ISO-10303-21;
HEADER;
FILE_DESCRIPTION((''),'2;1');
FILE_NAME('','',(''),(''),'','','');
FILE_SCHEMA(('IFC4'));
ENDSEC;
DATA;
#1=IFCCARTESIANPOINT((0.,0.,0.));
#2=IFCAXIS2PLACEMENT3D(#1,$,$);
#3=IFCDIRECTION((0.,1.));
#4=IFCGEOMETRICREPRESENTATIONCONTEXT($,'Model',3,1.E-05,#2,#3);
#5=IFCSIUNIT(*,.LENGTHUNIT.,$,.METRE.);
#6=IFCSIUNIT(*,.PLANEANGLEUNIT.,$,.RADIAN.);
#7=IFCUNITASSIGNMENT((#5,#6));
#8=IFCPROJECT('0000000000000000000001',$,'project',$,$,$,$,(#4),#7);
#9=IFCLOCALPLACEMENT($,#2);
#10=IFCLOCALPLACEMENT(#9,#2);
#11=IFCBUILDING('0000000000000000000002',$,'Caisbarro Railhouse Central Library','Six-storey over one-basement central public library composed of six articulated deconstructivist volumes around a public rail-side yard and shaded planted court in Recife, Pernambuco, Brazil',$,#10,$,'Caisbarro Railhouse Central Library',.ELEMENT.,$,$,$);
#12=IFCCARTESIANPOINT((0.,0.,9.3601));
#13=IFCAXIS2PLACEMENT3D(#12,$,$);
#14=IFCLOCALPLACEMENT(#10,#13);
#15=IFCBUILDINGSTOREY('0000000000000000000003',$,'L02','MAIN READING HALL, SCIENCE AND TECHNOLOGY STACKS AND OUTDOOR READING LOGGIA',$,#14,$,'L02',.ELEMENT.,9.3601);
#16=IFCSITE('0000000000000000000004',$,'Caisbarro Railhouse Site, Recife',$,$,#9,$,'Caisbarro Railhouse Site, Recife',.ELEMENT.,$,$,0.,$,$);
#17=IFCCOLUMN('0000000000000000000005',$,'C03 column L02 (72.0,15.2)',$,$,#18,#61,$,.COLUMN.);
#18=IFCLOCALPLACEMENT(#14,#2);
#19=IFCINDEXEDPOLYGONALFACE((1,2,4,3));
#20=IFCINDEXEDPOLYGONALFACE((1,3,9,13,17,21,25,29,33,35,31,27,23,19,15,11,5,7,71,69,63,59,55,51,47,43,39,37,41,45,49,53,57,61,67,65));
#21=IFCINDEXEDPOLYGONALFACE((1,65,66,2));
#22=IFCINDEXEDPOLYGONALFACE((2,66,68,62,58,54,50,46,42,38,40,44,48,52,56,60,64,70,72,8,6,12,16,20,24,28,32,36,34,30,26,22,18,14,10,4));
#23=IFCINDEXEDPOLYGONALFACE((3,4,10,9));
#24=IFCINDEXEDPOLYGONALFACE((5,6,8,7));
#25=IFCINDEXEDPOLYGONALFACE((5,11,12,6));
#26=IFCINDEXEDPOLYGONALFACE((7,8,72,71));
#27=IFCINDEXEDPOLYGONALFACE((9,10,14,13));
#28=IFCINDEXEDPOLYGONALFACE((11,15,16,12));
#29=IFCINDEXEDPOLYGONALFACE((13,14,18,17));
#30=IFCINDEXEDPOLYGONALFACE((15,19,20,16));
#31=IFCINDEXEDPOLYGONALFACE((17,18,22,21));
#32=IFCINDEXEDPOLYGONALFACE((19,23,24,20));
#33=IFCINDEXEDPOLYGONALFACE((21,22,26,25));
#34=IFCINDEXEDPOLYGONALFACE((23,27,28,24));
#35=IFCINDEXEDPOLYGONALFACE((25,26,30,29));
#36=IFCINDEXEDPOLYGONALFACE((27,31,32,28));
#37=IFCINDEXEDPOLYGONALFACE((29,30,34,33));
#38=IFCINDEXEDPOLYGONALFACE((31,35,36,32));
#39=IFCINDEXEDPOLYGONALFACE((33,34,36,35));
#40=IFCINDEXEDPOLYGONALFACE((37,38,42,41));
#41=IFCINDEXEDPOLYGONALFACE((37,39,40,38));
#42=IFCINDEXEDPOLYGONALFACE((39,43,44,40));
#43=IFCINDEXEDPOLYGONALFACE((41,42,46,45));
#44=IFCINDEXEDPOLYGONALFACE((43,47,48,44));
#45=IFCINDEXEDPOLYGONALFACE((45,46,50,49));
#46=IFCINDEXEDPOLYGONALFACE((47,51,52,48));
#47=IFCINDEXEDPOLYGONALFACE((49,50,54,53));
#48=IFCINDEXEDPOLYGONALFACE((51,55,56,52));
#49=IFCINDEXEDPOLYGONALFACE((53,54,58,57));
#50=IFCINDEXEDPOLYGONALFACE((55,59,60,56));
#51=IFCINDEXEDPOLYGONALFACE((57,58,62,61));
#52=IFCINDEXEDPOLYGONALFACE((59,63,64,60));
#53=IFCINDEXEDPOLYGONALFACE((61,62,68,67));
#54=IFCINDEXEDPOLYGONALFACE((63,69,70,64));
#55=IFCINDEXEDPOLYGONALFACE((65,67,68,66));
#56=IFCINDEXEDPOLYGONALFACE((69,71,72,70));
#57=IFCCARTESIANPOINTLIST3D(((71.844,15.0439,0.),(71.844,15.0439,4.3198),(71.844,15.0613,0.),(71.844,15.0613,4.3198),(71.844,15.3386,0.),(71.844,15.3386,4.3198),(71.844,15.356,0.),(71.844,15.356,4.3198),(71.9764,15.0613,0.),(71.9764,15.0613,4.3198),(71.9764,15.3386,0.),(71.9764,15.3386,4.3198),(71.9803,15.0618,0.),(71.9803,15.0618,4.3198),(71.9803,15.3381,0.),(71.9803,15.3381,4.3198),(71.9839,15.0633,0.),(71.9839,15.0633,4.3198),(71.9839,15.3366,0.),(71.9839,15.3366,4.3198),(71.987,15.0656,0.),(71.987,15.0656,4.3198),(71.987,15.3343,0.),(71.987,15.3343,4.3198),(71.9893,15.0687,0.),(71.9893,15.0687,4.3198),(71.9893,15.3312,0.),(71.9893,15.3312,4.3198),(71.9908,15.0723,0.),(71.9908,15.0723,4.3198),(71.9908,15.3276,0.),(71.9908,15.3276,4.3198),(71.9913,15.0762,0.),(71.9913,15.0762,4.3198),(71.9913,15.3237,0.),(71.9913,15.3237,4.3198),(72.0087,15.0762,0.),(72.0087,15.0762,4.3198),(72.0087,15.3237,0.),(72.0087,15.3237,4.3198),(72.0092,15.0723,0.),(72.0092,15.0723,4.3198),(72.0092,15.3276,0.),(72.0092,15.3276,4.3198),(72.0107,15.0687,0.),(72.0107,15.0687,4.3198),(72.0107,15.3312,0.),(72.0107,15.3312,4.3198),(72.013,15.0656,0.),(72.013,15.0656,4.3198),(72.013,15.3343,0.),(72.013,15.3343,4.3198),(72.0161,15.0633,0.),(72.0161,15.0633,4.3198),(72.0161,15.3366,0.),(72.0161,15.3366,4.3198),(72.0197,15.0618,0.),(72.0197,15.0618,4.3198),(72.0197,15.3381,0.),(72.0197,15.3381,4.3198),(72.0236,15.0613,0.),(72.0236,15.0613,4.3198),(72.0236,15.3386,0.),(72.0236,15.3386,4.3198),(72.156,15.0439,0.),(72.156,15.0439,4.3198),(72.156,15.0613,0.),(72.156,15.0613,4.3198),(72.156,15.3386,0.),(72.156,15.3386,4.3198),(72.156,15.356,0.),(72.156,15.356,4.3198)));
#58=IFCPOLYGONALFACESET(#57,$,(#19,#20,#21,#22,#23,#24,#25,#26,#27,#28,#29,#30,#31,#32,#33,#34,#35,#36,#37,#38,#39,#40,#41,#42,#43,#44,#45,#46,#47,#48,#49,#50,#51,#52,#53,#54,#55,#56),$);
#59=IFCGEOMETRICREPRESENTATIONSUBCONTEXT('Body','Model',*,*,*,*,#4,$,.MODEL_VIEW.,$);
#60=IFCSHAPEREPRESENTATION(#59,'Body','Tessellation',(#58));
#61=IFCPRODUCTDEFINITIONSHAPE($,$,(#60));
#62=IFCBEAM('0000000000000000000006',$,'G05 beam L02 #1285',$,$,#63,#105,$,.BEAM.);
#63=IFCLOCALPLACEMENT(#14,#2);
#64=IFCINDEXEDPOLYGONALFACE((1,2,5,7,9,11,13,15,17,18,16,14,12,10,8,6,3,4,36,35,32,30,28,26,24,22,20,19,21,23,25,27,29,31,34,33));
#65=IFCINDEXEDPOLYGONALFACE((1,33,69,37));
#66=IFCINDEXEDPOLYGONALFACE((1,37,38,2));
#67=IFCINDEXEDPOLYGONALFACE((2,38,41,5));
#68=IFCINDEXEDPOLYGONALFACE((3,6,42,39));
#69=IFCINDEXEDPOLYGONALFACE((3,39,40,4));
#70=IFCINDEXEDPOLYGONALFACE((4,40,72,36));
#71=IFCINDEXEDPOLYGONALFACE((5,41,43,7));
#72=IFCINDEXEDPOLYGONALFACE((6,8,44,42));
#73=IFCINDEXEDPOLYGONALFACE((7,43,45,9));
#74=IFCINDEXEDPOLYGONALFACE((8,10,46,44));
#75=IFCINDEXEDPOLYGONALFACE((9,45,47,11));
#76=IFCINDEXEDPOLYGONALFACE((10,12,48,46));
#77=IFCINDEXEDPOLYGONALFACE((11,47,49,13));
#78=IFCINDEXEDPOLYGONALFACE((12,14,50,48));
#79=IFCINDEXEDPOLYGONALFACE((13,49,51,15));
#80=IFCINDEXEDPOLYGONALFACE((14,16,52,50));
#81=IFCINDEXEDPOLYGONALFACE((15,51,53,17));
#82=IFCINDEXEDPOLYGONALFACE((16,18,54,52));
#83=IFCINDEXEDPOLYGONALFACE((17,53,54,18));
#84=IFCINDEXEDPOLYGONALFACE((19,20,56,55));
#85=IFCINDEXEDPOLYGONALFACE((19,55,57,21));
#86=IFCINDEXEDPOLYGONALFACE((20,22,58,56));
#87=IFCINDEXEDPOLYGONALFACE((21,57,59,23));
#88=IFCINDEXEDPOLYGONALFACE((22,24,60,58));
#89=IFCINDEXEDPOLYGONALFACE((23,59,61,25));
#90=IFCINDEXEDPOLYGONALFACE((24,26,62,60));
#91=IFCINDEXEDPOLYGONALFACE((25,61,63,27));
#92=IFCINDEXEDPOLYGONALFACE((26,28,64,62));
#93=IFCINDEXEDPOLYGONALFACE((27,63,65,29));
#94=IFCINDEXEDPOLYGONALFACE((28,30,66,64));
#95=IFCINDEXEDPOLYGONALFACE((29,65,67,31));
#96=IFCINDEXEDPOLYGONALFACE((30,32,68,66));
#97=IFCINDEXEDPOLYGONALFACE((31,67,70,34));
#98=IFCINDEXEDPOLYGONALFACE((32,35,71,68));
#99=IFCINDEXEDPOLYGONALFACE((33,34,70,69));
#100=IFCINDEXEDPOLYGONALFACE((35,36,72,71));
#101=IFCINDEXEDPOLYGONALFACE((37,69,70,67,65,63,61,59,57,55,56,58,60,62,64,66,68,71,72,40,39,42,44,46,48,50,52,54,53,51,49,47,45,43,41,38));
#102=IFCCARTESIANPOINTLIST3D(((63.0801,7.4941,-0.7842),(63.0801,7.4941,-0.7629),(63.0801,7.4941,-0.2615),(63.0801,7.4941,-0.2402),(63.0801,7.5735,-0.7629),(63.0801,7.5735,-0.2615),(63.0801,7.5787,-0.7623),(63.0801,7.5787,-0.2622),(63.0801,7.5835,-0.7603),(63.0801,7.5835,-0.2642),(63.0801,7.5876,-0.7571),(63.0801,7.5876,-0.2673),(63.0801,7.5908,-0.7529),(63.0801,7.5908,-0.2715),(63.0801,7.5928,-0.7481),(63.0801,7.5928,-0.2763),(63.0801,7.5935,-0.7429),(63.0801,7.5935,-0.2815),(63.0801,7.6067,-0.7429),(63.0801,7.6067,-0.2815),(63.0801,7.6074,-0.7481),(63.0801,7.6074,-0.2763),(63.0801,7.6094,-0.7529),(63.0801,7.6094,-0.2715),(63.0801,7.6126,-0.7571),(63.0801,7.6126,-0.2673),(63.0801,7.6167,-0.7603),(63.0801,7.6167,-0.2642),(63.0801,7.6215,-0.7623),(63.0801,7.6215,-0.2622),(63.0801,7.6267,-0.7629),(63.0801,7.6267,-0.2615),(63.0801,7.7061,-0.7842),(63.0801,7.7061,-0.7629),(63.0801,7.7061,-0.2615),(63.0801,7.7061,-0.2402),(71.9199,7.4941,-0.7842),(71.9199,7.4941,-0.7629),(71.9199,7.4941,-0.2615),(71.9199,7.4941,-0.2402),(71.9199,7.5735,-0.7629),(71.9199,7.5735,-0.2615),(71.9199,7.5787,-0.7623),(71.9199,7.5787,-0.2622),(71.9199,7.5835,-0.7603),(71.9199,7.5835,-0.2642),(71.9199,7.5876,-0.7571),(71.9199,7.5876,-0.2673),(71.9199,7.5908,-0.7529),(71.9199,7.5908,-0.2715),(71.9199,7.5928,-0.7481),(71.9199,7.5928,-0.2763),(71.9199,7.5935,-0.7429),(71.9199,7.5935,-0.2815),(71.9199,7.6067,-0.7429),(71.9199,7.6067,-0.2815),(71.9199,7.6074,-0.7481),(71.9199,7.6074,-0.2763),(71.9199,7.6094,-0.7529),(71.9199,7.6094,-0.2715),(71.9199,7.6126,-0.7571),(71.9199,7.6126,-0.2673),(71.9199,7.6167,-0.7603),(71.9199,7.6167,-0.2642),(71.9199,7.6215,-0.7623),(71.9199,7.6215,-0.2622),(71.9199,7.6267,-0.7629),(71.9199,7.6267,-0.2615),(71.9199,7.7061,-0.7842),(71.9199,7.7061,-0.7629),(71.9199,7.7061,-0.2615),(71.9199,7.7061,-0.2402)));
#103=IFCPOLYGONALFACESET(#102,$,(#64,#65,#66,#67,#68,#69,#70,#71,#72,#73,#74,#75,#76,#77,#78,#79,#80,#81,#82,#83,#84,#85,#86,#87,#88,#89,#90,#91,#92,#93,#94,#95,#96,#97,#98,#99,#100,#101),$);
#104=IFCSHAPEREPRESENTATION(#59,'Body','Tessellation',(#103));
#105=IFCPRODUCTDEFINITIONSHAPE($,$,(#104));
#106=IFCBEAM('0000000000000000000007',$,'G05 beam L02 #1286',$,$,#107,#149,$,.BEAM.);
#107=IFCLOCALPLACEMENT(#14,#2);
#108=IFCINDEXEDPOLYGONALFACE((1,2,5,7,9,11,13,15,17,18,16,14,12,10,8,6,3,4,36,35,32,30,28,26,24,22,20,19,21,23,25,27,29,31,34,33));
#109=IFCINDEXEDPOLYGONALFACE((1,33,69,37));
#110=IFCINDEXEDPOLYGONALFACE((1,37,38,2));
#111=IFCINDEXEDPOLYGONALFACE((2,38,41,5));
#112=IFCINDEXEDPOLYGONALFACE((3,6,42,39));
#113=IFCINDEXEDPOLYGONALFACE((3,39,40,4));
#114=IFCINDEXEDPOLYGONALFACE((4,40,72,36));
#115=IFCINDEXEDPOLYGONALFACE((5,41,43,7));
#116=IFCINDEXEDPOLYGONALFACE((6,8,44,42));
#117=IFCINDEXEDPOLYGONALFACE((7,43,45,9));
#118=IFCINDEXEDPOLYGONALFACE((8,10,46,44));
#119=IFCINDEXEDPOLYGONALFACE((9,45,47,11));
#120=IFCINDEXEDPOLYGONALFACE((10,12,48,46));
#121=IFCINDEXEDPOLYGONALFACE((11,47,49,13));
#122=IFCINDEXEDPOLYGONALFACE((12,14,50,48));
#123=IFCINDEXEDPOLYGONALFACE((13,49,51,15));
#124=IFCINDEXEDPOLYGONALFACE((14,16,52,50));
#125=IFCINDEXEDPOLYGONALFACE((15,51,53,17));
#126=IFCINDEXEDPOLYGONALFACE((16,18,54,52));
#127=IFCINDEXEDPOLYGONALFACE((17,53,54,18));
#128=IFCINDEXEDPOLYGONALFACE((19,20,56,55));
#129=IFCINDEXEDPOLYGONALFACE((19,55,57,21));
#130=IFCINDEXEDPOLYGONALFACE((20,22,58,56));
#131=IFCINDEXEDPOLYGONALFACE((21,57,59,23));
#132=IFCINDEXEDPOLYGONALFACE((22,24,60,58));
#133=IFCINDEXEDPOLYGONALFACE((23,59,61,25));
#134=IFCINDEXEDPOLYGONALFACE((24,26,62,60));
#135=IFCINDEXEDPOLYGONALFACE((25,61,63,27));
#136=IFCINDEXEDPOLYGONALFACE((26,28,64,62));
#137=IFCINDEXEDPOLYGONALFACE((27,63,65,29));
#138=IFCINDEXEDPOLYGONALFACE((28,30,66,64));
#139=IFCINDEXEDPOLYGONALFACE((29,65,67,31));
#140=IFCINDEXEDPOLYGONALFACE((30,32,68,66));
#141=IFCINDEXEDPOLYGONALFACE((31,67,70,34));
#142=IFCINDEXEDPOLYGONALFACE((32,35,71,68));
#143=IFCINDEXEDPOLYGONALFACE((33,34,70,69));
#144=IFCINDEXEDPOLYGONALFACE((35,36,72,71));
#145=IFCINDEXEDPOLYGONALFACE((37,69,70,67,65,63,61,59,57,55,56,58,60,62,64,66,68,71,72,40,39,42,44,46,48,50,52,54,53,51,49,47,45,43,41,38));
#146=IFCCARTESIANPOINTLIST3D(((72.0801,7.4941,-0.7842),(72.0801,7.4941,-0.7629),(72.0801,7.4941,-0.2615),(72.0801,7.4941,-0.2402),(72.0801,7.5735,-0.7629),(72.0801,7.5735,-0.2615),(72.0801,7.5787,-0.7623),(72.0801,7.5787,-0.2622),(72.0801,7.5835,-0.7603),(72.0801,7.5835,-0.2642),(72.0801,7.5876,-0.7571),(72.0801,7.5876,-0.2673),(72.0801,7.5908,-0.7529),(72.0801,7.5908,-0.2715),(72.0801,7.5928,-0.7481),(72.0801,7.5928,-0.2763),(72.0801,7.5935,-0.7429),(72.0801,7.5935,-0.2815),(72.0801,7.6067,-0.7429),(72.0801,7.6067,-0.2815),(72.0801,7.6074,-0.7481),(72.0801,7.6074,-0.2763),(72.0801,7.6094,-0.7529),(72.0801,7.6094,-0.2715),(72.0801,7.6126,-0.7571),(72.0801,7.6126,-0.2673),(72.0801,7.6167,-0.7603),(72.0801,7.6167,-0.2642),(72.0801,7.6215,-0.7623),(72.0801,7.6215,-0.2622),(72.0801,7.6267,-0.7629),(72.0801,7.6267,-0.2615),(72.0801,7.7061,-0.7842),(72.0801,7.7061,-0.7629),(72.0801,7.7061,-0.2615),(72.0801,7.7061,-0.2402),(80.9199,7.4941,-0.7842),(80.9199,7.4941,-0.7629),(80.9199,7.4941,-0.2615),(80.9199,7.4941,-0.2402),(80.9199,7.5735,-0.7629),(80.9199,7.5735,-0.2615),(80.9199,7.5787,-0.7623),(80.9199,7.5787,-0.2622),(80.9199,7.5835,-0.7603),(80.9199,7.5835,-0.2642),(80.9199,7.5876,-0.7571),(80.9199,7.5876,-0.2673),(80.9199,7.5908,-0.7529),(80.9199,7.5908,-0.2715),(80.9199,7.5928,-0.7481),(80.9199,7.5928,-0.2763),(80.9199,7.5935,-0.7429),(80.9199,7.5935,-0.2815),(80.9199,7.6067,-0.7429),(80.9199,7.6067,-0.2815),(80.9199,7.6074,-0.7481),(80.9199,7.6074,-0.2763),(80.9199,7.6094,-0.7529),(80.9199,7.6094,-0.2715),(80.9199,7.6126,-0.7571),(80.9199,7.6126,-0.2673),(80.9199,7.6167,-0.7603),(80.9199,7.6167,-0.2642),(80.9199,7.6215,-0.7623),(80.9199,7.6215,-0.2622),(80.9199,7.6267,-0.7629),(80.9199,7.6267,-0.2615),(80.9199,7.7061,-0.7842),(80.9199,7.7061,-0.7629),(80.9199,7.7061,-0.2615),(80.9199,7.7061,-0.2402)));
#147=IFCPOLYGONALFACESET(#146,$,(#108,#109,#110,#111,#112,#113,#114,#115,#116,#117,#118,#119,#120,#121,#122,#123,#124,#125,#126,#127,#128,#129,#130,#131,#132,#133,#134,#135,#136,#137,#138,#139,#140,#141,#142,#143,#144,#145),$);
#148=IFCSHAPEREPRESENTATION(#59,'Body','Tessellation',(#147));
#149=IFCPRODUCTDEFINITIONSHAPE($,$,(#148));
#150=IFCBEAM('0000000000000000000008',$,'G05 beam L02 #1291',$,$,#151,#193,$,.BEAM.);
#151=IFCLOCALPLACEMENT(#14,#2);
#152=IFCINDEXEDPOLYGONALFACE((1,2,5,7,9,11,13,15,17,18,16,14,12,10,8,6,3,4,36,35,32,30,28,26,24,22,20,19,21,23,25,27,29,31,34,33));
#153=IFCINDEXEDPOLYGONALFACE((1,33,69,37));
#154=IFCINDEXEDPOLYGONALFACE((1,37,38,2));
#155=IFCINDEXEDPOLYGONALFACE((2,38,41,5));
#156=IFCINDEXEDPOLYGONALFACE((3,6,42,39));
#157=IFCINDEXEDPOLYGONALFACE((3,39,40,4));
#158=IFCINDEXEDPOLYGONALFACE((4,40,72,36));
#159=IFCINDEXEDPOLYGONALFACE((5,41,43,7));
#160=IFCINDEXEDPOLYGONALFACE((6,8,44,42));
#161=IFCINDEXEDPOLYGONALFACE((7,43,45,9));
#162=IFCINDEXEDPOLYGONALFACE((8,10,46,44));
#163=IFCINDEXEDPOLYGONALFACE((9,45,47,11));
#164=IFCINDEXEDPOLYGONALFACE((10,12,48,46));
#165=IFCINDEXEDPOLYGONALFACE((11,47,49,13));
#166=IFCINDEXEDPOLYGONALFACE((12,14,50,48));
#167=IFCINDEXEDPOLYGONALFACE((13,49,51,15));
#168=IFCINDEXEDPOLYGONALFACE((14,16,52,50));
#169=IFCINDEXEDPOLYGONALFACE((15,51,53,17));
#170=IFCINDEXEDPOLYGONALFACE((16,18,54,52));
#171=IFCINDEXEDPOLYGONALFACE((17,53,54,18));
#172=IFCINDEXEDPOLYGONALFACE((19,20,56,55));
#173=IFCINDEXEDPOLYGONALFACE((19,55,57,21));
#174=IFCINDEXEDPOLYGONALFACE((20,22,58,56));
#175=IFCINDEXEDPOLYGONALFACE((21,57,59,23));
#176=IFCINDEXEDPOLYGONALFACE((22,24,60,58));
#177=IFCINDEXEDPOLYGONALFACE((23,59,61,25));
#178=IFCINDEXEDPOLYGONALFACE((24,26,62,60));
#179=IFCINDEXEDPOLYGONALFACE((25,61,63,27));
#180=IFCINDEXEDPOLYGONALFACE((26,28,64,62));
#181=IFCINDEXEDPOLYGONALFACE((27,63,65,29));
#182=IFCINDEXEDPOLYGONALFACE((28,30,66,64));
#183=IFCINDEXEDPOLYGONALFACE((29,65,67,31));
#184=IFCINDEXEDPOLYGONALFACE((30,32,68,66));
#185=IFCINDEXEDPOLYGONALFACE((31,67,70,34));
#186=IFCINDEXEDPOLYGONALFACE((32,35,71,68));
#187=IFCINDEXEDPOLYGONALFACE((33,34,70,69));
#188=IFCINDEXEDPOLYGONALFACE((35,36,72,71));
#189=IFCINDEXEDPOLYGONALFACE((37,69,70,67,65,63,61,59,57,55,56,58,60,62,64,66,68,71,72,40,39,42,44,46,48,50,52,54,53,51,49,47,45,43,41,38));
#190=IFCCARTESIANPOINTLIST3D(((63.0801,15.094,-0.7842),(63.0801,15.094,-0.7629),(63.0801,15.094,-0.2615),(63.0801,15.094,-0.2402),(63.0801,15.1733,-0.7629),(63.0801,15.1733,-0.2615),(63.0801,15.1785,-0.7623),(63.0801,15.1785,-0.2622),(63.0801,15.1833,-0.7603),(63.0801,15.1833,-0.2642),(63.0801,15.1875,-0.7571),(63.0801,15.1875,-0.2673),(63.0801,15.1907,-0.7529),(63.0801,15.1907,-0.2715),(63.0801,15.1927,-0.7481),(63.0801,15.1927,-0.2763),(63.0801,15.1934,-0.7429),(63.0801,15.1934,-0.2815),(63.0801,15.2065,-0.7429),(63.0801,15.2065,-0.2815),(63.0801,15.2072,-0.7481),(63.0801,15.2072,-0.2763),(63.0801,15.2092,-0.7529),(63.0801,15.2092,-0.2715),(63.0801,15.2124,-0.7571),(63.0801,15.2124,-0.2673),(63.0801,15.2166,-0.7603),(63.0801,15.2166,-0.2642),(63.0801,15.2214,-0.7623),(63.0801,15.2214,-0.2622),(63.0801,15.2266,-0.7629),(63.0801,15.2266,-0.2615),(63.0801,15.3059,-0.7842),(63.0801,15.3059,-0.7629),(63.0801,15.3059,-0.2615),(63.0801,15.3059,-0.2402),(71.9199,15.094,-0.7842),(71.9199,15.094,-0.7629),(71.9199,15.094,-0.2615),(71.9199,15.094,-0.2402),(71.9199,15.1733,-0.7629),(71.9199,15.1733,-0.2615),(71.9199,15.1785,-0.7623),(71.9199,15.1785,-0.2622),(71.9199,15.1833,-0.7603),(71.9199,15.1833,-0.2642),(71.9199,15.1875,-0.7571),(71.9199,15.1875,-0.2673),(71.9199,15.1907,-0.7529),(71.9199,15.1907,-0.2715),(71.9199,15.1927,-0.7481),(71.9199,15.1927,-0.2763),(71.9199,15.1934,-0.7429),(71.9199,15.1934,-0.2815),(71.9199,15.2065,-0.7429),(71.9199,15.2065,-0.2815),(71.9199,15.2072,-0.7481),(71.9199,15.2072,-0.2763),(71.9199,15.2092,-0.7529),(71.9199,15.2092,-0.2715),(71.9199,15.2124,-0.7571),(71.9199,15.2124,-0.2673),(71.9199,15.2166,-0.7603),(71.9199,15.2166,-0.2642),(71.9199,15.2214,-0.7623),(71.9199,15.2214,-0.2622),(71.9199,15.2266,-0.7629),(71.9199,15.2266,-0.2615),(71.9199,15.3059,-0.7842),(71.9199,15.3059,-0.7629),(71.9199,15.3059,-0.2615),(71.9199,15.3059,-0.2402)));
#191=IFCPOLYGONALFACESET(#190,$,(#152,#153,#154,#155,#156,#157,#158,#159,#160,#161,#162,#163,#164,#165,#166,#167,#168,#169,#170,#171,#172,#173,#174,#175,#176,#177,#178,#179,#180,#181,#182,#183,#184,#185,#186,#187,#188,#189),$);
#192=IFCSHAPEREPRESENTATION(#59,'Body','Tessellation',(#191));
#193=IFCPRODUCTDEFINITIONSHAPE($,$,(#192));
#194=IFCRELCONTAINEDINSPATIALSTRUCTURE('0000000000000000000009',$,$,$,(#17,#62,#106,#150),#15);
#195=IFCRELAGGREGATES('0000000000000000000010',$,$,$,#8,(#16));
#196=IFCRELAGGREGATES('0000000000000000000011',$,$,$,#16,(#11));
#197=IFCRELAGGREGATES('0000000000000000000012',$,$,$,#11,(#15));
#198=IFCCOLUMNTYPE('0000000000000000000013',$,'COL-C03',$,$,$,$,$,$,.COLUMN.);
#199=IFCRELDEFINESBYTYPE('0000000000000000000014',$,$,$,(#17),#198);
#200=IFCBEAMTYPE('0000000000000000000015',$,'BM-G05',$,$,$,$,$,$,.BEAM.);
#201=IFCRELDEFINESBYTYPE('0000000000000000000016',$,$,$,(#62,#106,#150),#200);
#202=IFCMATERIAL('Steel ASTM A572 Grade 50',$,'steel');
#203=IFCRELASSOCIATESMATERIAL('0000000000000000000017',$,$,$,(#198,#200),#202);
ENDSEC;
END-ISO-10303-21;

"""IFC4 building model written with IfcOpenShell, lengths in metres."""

from ifc_helpers import new_model, si_unit, direction, frame, origin, origin_2d, place, context, subcontext, project, spatial, i_section, extrude, material, material_profile, profile_set, type_object, element, save


model = new_model("IFC4")

# Units and contexts
model_context = context("Model", 3, precision=1e-05, world=origin(), true_north=direction((0.0, 1.0)))
body_context = subcontext(model_context, "Body", "Model", "MODEL_VIEW")
ifc_project = project(units=[si_unit("LENGTHUNIT", "METRE"), si_unit("PLANEANGLEUNIT", "RADIAN")], contexts=[model_context])

# Site, building, storey
site_placement = place(None, origin())
site = spatial("IfcSite", under=ifc_project, at=site_placement, Name="Caisbarro Railhouse Site, Recife", LongName="Caisbarro Railhouse Site, Recife", CompositionType="ELEMENT", RefElevation=0.0)
building_placement = place(site_placement, origin())
building = spatial("IfcBuilding", under=site, at=building_placement, Name="Caisbarro Railhouse Central Library", Description="Six-storey over one-basement central public library composed of six articulated deconstructivist volumes around a public rail-side yard and shaded planted court in Recife, Pernambuco, Brazil", LongName="Caisbarro Railhouse Central Library", CompositionType="ELEMENT")
storey_placement = place(building_placement, frame((0.0, 0.0, 9.3601)))
storey = spatial("IfcBuildingStorey", under=building, at=storey_placement, Name="L02", Description="MAIN READING HALL, SCIENCE AND TECHNOLOGY STACKS AND OUTDOOR READING LOGGIA", LongName="L02", CompositionType="ELEMENT", Elevation=9.3601)

# Column
ifc_material_1 = material(Name="Steel ASTM A572 Grade 50", Category="steel")
ifc_material_profile_1 = material_profile(ifc_material_1, i_section(OverallWidth=0.312, OverallDepth=0.312, WebThickness=0.0173, FlangeThickness=0.0173, FilletRadius=0.0149, at=origin_2d()), Name="HP310X125.0")
ifc_profile_set_1 = profile_set([ifc_material_profile_1], Name="Steel ASTM A572 Grade 50")
column_type = type_object("IfcColumnType", Name="COL-C03", PredefinedType="COLUMN", material=ifc_profile_set_1)
for number, where, z_axis, x_axis, name in (
    (1, (72.0, 15.2, 0.0), (0.0, 0.0, 1.0), (1.0, 0.0, 0.0), "C03 column L02 (72.0,15.2)"),
):
    element("IfcColumn", number, at=place(storey_placement, frame(where, z_axis=z_axis, x_axis=x_axis)), inside=storey, type_object=column_type, Name=name, PredefinedType="COLUMN", context=body_context, shape_type="SweptSolid", body=[
        extrude(i_section(OverallWidth=0.312, OverallDepth=0.312, WebThickness=0.0173, FlangeThickness=0.0173, FilletRadius=0.0149, at=origin_2d()), origin(), (0.0, 0.0, 1.0), 4.3198),
    ])

# Beams
ifc_material_profile_2 = material_profile(ifc_material_1, i_section(OverallWidth=0.2119, OverallDepth=0.5439, WebThickness=0.0132, FlangeThickness=0.0212, FilletRadius=0.02, at=origin_2d()), Name="W530X123.0")
ifc_profile_set_2 = profile_set([ifc_material_profile_2], Name="Steel ASTM A572 Grade 50")
beam_type_1 = type_object("IfcBeamType", Name="BM-G05", PredefinedType="BEAM", material=ifc_profile_set_2)
for number, where, z_axis, x_axis, name in (
    (2, (63.0801, 7.6001, -0.5122), (1.0, 0.0, 0.0), (0.0, 1.0, 0.0), "G05 beam L02 #1285"),
    (3, (72.0801, 7.6001, -0.5122), (1.0, 0.0, 0.0), (0.0, 1.0, 0.0), "G05 beam L02 #1286"),
    (4, (63.0801, 15.2, -0.5122), (1.0, 0.0, 0.0), (0.0, 1.0, 0.0), "G05 beam L02 #1291"),
):
    element("IfcBeam", number, at=place(storey_placement, frame(where, z_axis=z_axis, x_axis=x_axis)), inside=storey, type_object=beam_type_1, Name=name, PredefinedType="BEAM", context=body_context, shape_type="SweptSolid", body=[
        extrude(i_section(OverallWidth=0.2119, OverallDepth=0.5439, WebThickness=0.0132, FlangeThickness=0.0212, FilletRadius=0.02, at=origin_2d()), origin(), (0.0, 0.0, 1.0), 8.8398),
    ])

save(model, "model.ifc")
